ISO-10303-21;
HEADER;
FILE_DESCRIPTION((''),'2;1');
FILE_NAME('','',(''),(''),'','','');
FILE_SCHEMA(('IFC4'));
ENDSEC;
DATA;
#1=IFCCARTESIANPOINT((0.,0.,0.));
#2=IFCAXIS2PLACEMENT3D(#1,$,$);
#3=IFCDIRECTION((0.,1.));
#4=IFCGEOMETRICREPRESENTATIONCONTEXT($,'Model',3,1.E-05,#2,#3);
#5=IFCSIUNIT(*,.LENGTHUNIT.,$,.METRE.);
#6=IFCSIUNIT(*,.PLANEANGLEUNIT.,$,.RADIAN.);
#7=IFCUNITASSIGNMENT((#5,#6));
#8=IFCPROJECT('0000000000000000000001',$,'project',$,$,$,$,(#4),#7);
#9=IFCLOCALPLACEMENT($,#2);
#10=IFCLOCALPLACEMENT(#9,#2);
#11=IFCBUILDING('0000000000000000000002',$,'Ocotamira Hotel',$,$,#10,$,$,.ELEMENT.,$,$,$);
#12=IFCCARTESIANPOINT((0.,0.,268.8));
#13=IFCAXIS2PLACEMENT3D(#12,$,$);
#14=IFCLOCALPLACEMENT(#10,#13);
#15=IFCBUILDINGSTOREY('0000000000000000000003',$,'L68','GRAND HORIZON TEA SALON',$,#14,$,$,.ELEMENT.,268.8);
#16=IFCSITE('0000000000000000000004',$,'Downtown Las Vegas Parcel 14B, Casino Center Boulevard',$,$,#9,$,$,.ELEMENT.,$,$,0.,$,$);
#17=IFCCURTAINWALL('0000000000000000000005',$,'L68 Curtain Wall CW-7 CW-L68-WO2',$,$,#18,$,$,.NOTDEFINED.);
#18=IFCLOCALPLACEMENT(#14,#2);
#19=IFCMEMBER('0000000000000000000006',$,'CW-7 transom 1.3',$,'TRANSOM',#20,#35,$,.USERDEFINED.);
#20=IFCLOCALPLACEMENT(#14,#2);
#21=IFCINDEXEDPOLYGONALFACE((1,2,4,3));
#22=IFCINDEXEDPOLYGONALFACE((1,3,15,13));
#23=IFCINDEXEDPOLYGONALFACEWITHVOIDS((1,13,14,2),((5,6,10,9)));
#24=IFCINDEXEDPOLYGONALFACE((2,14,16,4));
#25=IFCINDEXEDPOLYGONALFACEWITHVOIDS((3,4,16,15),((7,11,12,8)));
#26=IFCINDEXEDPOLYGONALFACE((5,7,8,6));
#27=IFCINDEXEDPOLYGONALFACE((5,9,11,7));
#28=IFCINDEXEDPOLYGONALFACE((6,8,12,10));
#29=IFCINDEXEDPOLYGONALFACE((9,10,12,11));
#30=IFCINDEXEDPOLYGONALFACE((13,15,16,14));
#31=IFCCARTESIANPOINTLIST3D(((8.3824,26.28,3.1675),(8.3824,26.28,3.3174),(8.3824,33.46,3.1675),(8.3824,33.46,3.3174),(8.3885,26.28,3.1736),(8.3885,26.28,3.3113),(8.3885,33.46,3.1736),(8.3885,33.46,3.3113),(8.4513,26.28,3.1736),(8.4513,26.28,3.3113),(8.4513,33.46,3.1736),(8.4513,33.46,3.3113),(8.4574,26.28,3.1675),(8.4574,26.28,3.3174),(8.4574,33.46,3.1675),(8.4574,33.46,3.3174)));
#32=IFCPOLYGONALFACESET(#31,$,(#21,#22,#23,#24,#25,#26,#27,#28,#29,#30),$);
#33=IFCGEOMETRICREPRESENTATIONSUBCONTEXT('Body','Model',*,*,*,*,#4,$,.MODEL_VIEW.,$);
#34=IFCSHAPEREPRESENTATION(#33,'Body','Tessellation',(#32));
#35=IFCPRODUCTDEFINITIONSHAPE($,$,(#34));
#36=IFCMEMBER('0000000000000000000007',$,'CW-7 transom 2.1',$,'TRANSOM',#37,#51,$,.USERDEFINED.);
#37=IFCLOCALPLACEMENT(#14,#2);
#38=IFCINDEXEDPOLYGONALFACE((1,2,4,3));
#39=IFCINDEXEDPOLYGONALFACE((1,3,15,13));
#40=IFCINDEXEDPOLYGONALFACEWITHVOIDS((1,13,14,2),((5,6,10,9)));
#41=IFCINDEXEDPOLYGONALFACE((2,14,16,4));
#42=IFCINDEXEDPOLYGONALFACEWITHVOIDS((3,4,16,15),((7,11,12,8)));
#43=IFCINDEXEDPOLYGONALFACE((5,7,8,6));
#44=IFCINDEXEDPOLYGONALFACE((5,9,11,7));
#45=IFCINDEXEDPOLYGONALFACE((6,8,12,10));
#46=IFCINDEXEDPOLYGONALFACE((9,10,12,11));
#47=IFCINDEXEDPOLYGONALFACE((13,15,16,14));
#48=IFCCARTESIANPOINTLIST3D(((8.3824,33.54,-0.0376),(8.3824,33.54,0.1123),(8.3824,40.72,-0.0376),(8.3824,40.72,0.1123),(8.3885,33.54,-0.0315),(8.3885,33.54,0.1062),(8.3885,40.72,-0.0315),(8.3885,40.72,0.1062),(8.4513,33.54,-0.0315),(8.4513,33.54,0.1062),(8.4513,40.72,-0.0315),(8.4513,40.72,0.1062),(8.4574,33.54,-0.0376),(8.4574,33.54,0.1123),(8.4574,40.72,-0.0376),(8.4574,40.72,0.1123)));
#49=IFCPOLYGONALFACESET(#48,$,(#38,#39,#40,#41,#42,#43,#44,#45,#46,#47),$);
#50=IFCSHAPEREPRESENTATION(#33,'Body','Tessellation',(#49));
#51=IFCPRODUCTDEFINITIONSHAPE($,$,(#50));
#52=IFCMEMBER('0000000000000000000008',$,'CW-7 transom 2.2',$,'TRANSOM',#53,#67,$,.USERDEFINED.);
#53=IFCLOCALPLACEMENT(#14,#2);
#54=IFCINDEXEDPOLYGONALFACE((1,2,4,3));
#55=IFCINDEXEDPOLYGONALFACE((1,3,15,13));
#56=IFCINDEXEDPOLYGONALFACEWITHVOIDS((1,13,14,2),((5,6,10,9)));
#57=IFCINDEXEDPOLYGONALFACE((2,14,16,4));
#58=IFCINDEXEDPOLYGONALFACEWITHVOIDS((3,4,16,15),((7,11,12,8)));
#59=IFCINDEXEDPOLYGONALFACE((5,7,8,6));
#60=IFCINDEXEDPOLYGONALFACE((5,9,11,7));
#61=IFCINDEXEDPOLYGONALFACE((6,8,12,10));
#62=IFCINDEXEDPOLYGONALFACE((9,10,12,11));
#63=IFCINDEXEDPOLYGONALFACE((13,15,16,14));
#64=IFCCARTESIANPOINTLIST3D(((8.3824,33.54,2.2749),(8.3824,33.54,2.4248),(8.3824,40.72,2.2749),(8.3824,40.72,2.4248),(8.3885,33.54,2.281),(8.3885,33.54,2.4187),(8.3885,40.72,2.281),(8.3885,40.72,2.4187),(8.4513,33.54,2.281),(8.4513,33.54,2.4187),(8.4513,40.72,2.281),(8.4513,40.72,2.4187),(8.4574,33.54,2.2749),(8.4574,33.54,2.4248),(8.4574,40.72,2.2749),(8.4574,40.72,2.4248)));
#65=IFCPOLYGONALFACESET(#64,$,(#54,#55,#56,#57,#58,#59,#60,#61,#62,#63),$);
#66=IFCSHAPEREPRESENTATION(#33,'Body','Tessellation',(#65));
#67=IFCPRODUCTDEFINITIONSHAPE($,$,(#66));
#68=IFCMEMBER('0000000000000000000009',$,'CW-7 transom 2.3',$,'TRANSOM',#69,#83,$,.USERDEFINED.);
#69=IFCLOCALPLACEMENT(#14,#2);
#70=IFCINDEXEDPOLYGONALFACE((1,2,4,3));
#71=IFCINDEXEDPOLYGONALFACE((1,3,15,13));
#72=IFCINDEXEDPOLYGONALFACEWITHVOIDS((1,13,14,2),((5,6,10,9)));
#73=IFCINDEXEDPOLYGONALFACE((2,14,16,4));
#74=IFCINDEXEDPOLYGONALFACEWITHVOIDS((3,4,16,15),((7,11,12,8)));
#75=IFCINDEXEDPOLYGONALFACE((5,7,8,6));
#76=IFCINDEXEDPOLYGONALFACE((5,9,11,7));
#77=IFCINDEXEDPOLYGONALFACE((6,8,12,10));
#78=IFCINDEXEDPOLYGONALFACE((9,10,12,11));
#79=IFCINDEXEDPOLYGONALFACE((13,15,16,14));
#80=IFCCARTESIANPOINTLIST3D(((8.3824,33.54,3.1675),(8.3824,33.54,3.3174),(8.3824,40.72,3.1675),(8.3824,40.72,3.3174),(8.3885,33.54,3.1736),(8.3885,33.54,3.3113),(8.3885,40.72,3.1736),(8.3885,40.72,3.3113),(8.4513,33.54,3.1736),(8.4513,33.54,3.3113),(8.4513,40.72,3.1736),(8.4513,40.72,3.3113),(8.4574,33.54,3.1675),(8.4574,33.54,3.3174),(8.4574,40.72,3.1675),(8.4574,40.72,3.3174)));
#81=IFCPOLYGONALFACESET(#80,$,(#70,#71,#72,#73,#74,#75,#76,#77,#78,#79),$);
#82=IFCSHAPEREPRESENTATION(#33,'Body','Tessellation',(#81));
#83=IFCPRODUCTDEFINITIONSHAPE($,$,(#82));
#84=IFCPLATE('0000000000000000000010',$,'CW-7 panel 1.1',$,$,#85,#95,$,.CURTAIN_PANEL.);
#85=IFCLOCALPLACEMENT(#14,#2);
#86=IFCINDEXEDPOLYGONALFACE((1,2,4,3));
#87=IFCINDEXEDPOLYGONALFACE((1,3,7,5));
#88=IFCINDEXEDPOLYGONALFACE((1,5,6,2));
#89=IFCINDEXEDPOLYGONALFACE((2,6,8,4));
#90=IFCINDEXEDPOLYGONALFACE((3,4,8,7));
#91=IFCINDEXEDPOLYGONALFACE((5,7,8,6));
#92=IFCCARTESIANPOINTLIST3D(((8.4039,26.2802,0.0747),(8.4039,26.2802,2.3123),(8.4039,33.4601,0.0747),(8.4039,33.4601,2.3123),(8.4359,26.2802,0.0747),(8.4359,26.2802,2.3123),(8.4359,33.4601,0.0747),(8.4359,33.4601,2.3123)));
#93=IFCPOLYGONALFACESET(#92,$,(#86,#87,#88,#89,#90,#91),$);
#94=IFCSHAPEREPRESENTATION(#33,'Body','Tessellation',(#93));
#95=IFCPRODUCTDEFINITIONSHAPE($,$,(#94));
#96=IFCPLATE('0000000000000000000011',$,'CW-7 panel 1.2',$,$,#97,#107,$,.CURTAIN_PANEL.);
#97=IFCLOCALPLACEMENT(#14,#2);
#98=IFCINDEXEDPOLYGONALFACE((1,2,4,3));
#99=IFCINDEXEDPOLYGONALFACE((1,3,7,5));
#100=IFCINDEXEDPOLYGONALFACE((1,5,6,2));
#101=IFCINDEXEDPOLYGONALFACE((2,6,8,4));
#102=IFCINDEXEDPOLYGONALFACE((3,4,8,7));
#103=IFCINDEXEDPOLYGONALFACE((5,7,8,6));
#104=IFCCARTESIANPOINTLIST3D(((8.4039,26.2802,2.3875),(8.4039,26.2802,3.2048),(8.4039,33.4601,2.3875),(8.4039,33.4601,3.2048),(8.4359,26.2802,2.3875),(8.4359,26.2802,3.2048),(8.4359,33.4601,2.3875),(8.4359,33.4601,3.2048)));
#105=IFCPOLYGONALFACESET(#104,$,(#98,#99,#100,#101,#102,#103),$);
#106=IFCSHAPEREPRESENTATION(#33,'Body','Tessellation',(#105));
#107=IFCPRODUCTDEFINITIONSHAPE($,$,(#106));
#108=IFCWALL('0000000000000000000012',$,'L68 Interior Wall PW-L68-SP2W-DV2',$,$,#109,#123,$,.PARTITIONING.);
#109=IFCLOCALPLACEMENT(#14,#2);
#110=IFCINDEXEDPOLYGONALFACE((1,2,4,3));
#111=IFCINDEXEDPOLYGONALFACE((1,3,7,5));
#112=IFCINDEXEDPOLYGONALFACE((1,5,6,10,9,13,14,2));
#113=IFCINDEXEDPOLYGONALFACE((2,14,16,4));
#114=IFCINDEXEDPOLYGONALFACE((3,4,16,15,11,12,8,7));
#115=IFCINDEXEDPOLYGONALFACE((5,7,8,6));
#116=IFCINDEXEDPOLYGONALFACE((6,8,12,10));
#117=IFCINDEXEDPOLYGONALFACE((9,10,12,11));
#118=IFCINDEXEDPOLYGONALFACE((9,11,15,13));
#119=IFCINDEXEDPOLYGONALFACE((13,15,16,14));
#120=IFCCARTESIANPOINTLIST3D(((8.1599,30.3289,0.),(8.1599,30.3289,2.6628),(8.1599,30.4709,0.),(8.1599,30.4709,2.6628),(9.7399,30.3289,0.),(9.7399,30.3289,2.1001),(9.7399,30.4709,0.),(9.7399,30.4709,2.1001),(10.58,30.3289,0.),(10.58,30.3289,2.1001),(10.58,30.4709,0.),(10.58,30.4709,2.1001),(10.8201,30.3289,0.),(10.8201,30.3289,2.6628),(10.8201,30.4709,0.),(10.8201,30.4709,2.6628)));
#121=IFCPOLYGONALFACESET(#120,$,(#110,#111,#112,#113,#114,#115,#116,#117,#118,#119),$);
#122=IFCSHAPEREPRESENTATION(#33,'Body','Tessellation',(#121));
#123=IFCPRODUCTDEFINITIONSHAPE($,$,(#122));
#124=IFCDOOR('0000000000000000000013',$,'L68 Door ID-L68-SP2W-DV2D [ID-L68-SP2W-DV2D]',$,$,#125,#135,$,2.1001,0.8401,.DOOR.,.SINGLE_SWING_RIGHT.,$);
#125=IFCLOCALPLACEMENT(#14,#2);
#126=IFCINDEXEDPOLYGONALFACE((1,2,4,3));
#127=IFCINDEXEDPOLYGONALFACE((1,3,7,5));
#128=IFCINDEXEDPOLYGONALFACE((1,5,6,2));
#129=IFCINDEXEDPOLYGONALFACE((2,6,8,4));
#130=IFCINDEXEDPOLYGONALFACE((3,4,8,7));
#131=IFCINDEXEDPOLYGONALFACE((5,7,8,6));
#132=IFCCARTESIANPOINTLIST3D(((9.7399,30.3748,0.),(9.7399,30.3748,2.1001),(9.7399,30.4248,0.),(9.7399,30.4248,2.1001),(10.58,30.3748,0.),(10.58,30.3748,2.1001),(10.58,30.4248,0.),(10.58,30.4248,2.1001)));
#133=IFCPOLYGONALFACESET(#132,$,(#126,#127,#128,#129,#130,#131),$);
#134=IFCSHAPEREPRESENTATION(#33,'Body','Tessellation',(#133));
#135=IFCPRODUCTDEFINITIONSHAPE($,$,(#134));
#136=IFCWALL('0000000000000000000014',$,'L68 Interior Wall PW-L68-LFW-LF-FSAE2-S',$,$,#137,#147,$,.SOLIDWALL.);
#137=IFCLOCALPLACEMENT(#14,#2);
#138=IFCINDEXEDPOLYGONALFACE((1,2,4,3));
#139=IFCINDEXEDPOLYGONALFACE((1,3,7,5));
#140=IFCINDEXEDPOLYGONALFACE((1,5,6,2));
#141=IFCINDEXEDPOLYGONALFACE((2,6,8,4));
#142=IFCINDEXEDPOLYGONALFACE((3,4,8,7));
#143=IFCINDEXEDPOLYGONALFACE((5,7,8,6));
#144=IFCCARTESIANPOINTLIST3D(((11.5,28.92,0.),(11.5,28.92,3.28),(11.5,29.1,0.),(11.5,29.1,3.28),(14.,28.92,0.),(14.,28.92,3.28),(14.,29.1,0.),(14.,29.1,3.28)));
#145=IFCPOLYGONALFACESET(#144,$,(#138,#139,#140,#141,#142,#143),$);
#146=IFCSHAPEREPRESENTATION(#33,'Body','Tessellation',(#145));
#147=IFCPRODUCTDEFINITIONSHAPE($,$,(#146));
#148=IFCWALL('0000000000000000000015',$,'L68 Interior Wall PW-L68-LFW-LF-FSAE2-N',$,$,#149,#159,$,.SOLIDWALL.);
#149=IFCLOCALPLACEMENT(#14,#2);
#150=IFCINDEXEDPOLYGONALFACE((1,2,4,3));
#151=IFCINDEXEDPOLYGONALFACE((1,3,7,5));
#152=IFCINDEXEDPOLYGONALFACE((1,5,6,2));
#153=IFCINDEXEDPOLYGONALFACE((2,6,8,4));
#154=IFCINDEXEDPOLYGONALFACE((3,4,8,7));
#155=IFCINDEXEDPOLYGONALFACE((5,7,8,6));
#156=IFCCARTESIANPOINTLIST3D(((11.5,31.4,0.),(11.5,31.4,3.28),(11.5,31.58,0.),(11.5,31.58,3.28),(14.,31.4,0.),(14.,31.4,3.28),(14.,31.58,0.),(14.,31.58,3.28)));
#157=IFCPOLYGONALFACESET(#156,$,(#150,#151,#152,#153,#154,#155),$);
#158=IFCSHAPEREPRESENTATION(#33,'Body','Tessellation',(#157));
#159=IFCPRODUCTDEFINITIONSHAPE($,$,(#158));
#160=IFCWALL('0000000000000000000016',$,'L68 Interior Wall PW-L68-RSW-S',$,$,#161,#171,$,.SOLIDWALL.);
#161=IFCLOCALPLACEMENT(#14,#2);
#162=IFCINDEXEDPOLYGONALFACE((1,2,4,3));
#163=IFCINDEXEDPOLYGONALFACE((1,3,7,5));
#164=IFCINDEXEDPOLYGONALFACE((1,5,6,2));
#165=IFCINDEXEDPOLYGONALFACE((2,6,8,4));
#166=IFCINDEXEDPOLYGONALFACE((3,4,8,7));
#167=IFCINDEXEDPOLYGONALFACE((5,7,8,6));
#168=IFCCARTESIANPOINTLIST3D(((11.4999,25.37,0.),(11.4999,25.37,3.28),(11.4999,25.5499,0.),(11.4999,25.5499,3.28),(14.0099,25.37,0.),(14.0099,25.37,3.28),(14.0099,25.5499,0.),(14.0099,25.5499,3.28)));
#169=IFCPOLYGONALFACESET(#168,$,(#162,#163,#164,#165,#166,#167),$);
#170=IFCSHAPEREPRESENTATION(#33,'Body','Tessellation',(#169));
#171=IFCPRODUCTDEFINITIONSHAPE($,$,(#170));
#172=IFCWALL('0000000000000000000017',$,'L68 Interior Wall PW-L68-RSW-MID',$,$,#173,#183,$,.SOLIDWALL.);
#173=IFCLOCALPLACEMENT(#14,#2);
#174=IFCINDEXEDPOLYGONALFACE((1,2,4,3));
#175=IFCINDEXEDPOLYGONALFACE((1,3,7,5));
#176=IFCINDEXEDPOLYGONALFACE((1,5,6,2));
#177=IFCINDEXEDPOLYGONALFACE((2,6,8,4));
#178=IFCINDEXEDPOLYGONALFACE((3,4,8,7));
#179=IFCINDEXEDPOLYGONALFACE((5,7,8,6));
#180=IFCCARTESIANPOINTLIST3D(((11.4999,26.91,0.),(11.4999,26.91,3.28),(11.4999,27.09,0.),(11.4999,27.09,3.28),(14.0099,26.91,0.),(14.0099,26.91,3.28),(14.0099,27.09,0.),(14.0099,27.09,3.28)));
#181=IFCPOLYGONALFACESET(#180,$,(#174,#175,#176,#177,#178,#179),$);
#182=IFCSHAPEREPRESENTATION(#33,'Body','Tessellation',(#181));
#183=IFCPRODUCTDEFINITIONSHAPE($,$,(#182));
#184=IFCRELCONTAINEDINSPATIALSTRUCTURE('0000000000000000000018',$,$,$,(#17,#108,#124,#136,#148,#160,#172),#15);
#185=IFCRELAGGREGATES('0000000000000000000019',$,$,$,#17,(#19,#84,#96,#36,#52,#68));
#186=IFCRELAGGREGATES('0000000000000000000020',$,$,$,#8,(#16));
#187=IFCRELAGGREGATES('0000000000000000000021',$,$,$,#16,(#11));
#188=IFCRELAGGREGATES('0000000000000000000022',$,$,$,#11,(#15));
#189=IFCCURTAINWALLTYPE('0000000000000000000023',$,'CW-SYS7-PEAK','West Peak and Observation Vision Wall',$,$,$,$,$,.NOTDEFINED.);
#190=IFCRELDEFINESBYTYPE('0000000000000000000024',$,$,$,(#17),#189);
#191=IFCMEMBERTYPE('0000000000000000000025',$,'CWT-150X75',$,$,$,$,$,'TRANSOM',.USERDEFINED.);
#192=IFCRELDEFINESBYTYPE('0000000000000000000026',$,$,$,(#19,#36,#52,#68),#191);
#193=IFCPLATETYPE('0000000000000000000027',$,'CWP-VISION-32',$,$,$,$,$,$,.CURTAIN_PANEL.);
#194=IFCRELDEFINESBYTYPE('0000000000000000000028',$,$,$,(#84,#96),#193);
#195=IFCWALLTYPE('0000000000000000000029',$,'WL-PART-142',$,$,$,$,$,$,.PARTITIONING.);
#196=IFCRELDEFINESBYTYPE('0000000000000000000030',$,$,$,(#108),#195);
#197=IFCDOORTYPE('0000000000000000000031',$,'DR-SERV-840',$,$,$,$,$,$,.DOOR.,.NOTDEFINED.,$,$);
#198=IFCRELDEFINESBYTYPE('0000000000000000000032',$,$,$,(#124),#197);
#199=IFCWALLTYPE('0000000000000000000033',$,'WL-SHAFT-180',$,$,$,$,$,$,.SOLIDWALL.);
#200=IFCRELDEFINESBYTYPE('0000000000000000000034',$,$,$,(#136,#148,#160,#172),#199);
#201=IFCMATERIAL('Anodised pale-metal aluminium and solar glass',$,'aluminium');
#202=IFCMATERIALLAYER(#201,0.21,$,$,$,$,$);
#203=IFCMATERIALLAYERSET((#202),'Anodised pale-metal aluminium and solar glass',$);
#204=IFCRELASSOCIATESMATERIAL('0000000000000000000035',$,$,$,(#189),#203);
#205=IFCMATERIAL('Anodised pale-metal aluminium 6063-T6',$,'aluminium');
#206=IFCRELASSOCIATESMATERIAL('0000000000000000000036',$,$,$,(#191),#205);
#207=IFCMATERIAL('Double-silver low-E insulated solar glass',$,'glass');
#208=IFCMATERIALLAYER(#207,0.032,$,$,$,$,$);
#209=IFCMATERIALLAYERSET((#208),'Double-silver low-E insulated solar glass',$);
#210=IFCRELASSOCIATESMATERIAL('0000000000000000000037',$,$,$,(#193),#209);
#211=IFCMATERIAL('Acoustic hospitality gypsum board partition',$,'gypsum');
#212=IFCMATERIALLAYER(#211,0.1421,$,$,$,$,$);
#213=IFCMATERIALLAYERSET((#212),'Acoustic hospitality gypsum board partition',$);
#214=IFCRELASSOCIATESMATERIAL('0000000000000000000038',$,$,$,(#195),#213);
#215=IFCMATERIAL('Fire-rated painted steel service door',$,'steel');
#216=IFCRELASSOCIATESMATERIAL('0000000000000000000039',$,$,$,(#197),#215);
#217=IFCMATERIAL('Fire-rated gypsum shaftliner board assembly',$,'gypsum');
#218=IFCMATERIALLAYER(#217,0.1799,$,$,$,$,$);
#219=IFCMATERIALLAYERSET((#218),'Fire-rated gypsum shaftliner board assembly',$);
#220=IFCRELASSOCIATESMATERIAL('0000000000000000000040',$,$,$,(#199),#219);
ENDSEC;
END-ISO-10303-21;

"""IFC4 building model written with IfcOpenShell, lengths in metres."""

from ifc_helpers import new_model, si_unit, direction, frame, frame_2d, origin, origin_2d, place, context, subcontext, project, spatial, rectangle, hollow_rectangle, extrude, source, transform, mapped, material, layer, layer_set, material_profile, profile_set, type_object, element, fill, aggregate, save


model = new_model("IFC4")

# Units and contexts
model_context = context("Model", 3, precision=1e-05, world=origin(), true_north=direction((0.0, 1.0)))
body_context = subcontext(model_context, "Body", "Model", "MODEL_VIEW")
ifc_project = project(units=[si_unit("LENGTHUNIT", "METRE"), si_unit("PLANEANGLEUNIT", "RADIAN")], contexts=[model_context])

# Site, building, storey
site_placement = place(None, origin())
site = spatial("IfcSite", under=ifc_project, at=site_placement, Name="Downtown Las Vegas Parcel 14B, Casino Center Boulevard", CompositionType="ELEMENT", RefElevation=0.0)
building_placement = place(site_placement, origin())
building = spatial("IfcBuilding", under=site, at=building_placement, Name="Ocotamira Hotel", CompositionType="ELEMENT")
storey_placement = place(building_placement, frame((0.0, 0.0, 268.8)))
storey = spatial("IfcBuildingStorey", under=building, at=storey_placement, Name="L68", Description="GRAND HORIZON TEA SALON", CompositionType="ELEMENT", Elevation=268.8)

# Shared definitions
ifc_material_1 = material(Name="Anodised pale-metal aluminium and solar glass", Category="aluminium")
ifc_layer_1 = layer(ifc_material_1, 0.21)
ifc_layer_set_1 = layer_set([ifc_layer_1], Name="Anodised pale-metal aluminium and solar glass")
curtain_wall_type = type_object("IfcCurtainWallType", Name="CW-SYS7-PEAK", Description="West Peak and Observation Vision Wall", PredefinedType="NOTDEFINED", material=ifc_layer_set_1)
ifc_material_2 = material(Name="Anodised pale-metal aluminium 6063-T6", Category="aluminium")

# Curtain wall, members, plates
curtain_wall_1_placement = place(storey_placement, origin())
curtain_wall_1 = element("IfcCurtainWall", 1, at=curtain_wall_1_placement, inside=storey, type_object=curtain_wall_type, Name="L68 Curtain Wall CW-7 CW-L68-WO2", PredefinedType="NOTDEFINED")
ifc_material_profile_1 = material_profile(ifc_material_2, hollow_rectangle(XDim=0.075, YDim=0.1499, WallThickness=0.0061, at=origin_2d()), Name="HSS150X75X6")
ifc_profile_set_1 = profile_set([ifc_material_profile_1], Name="Anodised pale-metal aluminium 6063-T6")
member_type_1 = type_object("IfcMemberType", Name="CWT-150X75", ElementType="TRANSOM", PredefinedType="USERDEFINED", material=ifc_profile_set_1)
shared_shape_1 = source(origin(), body_context, "Body", "SweptSolid", [
    extrude(hollow_rectangle(XDim=0.075, YDim=0.1499, WallThickness=0.0061, at=origin_2d()), origin(), (0.0, 0.0, 1.0), 7.1799),
])
member_1_placement = place(storey_placement, frame((8.4199, 26.28, 3.2424), z_axis=(0.0, 1.0, 0.0), x_axis=(-1.0, 0.0, 0.0)))
member_1 = element("IfcMember", 2, at=member_1_placement, type_object=member_type_1, Name="CW-7 transom 1.3", ObjectType="TRANSOM", PredefinedType="USERDEFINED", context=body_context, shape_type="MappedRepresentation", body=[
    mapped(shared_shape_1, transform((0.0, 0.0, 0.0), scale=1.0)),
])
member_2_placement = place(storey_placement, frame((8.4199, 33.54, 0.0374), z_axis=(0.0, 1.0, 0.0), x_axis=(-1.0, 0.0, 0.0)))
member_2 = element("IfcMember", 3, at=member_2_placement, type_object=member_type_1, Name="CW-7 transom 2.1", ObjectType="TRANSOM", PredefinedType="USERDEFINED", context=body_context, shape_type="MappedRepresentation", body=[
    mapped(shared_shape_1, transform((0.0, 0.0, 0.0), scale=1.0)),
])
member_3_placement = place(storey_placement, frame((8.4199, 33.54, 2.3499), z_axis=(0.0, 1.0, 0.0), x_axis=(-1.0, 0.0, 0.0)))
member_3 = element("IfcMember", 4, at=member_3_placement, type_object=member_type_1, Name="CW-7 transom 2.2", ObjectType="TRANSOM", PredefinedType="USERDEFINED", context=body_context, shape_type="MappedRepresentation", body=[
    mapped(shared_shape_1, transform((0.0, 0.0, 0.0), scale=1.0)),
])
member_4_placement = place(storey_placement, frame((8.4199, 33.54, 3.2424), z_axis=(0.0, 1.0, 0.0), x_axis=(-1.0, 0.0, 0.0)))
member_4 = element("IfcMember", 5, at=member_4_placement, type_object=member_type_1, Name="CW-7 transom 2.3", ObjectType="TRANSOM", PredefinedType="USERDEFINED", context=body_context, shape_type="MappedRepresentation", body=[
    mapped(shared_shape_1, transform((0.0, 0.0, 0.0), scale=1.0)),
])
ifc_material_3 = material(Name="Double-silver low-E insulated solar glass", Category="glass")
ifc_layer_2 = layer(ifc_material_3, 0.032)
ifc_layer_set_2 = layer_set([ifc_layer_2], Name="Double-silver low-E insulated solar glass")
plate_type = type_object("IfcPlateType", Name="CWP-VISION-32", PredefinedType="CURTAIN_PANEL", material=ifc_layer_set_2)
shared_shape_2 = source(origin(), body_context, "Body", "SweptSolid", [
    extrude(rectangle(XDim=7.1799, YDim=0.032, at=origin_2d()), origin(), (0.0, 0.0, 1.0), 2.2375),
])
plate_1_placement = place(storey_placement, frame((8.4199, 29.8701, 0.0747), z_axis=(0.0, 0.0, 1.0), x_axis=(0.0, 1.0, 0.0)))
plate_1 = element("IfcPlate", 6, at=plate_1_placement, type_object=plate_type, Name="CW-7 panel 1.1", PredefinedType="CURTAIN_PANEL", context=body_context, shape_type="MappedRepresentation", body=[
    mapped(shared_shape_2, transform((0.0, 0.0, 0.0), scale=1.0)),
])
shared_shape_3 = source(origin(), body_context, "Body", "SweptSolid", [
    extrude(rectangle(XDim=7.1799, YDim=0.032, at=origin_2d()), origin(), (0.0, 0.0, 1.0), 0.8174),
])
plate_2_placement = place(storey_placement, frame((8.4199, 29.8701, 2.3875), z_axis=(0.0, 0.0, 1.0), x_axis=(0.0, 1.0, 0.0)))
plate_2 = element("IfcPlate", 7, at=plate_2_placement, type_object=plate_type, Name="CW-7 panel 1.2", PredefinedType="CURTAIN_PANEL", context=body_context, shape_type="MappedRepresentation", body=[
    mapped(shared_shape_3, transform((0.0, 0.0, 0.0), scale=1.0)),
])
aggregate(curtain_wall_1, [member_1, plate_1, plate_2, member_2, member_3, member_4])

# Wall, opening, door
ifc_material_4 = material(Name="Acoustic hospitality gypsum board partition", Category="gypsum")
ifc_layer_3 = layer(ifc_material_4, 0.1421)
ifc_layer_set_3 = layer_set([ifc_layer_3], Name="Acoustic hospitality gypsum board partition")
wall_type_1 = type_object("IfcWallType", Name="WL-PART-142", PredefinedType="PARTITIONING", material=ifc_layer_set_3)
wall_1_placement = place(storey_placement, frame((8.1599, 30.3999, 0.0), z_axis=(0.0, 0.0, 1.0), x_axis=(1.0, 0.0, 0.0)))
wall_1 = element("IfcWall", 8, at=wall_1_placement, inside=storey, type_object=wall_type_1, Name="L68 Interior Wall PW-L68-SP2W-DV2", PredefinedType="PARTITIONING", context=body_context, shape_type="SweptSolid", body=[
    extrude(rectangle(XDim=2.6602, YDim=0.1421, at=frame_2d((1.3301, 0.0))), origin(), (0.0, 0.0, 1.0), 2.6628),
])
opening_1_placement = place(wall_1_placement, frame((1.5801, 0.0, 0.0)))
opening_1 = element("IfcOpeningElement", 9, at=opening_1_placement, cuts=wall_1, PredefinedType="OPENING", context=body_context, shape_type="SweptSolid", body=[
    extrude(rectangle(XDim=0.8401, YDim=2.1001, at=frame_2d((0.4199, 1.05))), frame((0.0, 0.0811, 0.0), z_axis=(0.0, -1.0, 0.0), x_axis=(1.0, 0.0, 0.0)), (0.0, 0.0, 1.0), 0.1621),
])
ifc_material_5 = material(Name="Fire-rated painted steel service door", Category="steel")
door_type_1 = type_object("IfcDoorType", Name="DR-SERV-840", OperationType="NOTDEFINED", PredefinedType="DOOR", material=ifc_material_5)
shared_shape_4 = source(origin(), body_context, "Body", "SweptSolid", [
    extrude(rectangle(XDim=0.8401, YDim=2.1001, at=frame_2d((0.4199, 1.05))), frame((0.0, 0.0249, 0.0), z_axis=(0.0, -1.0, 0.0), x_axis=(1.0, 0.0, 0.0)), (0.0, 0.0, 1.0), 0.05),
])
door_1_placement = place(opening_1_placement, origin())
door_1 = element("IfcDoor", 10, at=door_1_placement, inside=storey, type_object=door_type_1, Name="L68 Door ID-L68-SP2W-DV2D [ID-L68-SP2W-DV2D]", OperationType="SINGLE_SWING_RIGHT", OverallHeight=2.1001, OverallWidth=0.8401, PredefinedType="DOOR", context=body_context, shape_type="MappedRepresentation", body=[
    mapped(shared_shape_4, transform((0.0, 0.0, 0.0), scale=1.0)),
])
fill(opening_1, door_1)

# Walls
ifc_material_6 = material(Name="Fire-rated gypsum shaftliner board assembly", Category="gypsum")
ifc_layer_4 = layer(ifc_material_6, 0.1799)
ifc_layer_set_4 = layer_set([ifc_layer_4], Name="Fire-rated gypsum shaftliner board assembly")
wall_type_2 = type_object("IfcWallType", Name="WL-SHAFT-180", PredefinedType="SOLIDWALL", material=ifc_layer_set_4)
for number, where, z_axis, x_axis, name in (
    (11, (11.5, 29.01, 0.0), (0.0, 0.0, 1.0), (1.0, 0.0, 0.0), "L68 Interior Wall PW-L68-LFW-LF-FSAE2-S"),
    (12, (11.5, 31.49, 0.0), (0.0, 0.0, 1.0), (1.0, 0.0, 0.0), "L68 Interior Wall PW-L68-LFW-LF-FSAE2-N"),
):
    element("IfcWall", number, at=place(storey_placement, frame(where, z_axis=z_axis, x_axis=x_axis)), inside=storey, type_object=wall_type_2, Name=name, PredefinedType="SOLIDWALL", context=body_context, shape_type="SweptSolid", body=[
        extrude(rectangle(XDim=2.5, YDim=0.1799, at=frame_2d((1.25, 0.0))), origin(), (0.0, 0.0, 1.0), 3.28),
    ])
for number, where, z_axis, x_axis, name in (
    (13, (11.5, 25.46, 0.0), (0.0, 0.0, 1.0), (1.0, 0.0, 0.0), "L68 Interior Wall PW-L68-RSW-S"),
    (14, (11.5, 27.0, 0.0), (0.0, 0.0, 1.0), (1.0, 0.0, 0.0), "L68 Interior Wall PW-L68-RSW-MID"),
):
    element("IfcWall", number, at=place(storey_placement, frame(where, z_axis=z_axis, x_axis=x_axis)), inside=storey, type_object=wall_type_2, Name=name, PredefinedType="SOLIDWALL", context=body_context, shape_type="SweptSolid", body=[
        extrude(rectangle(XDim=2.51, YDim=0.1799, at=frame_2d((1.2549, 0.0))), origin(), (0.0, 0.0, 1.0), 3.28),
    ])

save(model, "model.ifc")
